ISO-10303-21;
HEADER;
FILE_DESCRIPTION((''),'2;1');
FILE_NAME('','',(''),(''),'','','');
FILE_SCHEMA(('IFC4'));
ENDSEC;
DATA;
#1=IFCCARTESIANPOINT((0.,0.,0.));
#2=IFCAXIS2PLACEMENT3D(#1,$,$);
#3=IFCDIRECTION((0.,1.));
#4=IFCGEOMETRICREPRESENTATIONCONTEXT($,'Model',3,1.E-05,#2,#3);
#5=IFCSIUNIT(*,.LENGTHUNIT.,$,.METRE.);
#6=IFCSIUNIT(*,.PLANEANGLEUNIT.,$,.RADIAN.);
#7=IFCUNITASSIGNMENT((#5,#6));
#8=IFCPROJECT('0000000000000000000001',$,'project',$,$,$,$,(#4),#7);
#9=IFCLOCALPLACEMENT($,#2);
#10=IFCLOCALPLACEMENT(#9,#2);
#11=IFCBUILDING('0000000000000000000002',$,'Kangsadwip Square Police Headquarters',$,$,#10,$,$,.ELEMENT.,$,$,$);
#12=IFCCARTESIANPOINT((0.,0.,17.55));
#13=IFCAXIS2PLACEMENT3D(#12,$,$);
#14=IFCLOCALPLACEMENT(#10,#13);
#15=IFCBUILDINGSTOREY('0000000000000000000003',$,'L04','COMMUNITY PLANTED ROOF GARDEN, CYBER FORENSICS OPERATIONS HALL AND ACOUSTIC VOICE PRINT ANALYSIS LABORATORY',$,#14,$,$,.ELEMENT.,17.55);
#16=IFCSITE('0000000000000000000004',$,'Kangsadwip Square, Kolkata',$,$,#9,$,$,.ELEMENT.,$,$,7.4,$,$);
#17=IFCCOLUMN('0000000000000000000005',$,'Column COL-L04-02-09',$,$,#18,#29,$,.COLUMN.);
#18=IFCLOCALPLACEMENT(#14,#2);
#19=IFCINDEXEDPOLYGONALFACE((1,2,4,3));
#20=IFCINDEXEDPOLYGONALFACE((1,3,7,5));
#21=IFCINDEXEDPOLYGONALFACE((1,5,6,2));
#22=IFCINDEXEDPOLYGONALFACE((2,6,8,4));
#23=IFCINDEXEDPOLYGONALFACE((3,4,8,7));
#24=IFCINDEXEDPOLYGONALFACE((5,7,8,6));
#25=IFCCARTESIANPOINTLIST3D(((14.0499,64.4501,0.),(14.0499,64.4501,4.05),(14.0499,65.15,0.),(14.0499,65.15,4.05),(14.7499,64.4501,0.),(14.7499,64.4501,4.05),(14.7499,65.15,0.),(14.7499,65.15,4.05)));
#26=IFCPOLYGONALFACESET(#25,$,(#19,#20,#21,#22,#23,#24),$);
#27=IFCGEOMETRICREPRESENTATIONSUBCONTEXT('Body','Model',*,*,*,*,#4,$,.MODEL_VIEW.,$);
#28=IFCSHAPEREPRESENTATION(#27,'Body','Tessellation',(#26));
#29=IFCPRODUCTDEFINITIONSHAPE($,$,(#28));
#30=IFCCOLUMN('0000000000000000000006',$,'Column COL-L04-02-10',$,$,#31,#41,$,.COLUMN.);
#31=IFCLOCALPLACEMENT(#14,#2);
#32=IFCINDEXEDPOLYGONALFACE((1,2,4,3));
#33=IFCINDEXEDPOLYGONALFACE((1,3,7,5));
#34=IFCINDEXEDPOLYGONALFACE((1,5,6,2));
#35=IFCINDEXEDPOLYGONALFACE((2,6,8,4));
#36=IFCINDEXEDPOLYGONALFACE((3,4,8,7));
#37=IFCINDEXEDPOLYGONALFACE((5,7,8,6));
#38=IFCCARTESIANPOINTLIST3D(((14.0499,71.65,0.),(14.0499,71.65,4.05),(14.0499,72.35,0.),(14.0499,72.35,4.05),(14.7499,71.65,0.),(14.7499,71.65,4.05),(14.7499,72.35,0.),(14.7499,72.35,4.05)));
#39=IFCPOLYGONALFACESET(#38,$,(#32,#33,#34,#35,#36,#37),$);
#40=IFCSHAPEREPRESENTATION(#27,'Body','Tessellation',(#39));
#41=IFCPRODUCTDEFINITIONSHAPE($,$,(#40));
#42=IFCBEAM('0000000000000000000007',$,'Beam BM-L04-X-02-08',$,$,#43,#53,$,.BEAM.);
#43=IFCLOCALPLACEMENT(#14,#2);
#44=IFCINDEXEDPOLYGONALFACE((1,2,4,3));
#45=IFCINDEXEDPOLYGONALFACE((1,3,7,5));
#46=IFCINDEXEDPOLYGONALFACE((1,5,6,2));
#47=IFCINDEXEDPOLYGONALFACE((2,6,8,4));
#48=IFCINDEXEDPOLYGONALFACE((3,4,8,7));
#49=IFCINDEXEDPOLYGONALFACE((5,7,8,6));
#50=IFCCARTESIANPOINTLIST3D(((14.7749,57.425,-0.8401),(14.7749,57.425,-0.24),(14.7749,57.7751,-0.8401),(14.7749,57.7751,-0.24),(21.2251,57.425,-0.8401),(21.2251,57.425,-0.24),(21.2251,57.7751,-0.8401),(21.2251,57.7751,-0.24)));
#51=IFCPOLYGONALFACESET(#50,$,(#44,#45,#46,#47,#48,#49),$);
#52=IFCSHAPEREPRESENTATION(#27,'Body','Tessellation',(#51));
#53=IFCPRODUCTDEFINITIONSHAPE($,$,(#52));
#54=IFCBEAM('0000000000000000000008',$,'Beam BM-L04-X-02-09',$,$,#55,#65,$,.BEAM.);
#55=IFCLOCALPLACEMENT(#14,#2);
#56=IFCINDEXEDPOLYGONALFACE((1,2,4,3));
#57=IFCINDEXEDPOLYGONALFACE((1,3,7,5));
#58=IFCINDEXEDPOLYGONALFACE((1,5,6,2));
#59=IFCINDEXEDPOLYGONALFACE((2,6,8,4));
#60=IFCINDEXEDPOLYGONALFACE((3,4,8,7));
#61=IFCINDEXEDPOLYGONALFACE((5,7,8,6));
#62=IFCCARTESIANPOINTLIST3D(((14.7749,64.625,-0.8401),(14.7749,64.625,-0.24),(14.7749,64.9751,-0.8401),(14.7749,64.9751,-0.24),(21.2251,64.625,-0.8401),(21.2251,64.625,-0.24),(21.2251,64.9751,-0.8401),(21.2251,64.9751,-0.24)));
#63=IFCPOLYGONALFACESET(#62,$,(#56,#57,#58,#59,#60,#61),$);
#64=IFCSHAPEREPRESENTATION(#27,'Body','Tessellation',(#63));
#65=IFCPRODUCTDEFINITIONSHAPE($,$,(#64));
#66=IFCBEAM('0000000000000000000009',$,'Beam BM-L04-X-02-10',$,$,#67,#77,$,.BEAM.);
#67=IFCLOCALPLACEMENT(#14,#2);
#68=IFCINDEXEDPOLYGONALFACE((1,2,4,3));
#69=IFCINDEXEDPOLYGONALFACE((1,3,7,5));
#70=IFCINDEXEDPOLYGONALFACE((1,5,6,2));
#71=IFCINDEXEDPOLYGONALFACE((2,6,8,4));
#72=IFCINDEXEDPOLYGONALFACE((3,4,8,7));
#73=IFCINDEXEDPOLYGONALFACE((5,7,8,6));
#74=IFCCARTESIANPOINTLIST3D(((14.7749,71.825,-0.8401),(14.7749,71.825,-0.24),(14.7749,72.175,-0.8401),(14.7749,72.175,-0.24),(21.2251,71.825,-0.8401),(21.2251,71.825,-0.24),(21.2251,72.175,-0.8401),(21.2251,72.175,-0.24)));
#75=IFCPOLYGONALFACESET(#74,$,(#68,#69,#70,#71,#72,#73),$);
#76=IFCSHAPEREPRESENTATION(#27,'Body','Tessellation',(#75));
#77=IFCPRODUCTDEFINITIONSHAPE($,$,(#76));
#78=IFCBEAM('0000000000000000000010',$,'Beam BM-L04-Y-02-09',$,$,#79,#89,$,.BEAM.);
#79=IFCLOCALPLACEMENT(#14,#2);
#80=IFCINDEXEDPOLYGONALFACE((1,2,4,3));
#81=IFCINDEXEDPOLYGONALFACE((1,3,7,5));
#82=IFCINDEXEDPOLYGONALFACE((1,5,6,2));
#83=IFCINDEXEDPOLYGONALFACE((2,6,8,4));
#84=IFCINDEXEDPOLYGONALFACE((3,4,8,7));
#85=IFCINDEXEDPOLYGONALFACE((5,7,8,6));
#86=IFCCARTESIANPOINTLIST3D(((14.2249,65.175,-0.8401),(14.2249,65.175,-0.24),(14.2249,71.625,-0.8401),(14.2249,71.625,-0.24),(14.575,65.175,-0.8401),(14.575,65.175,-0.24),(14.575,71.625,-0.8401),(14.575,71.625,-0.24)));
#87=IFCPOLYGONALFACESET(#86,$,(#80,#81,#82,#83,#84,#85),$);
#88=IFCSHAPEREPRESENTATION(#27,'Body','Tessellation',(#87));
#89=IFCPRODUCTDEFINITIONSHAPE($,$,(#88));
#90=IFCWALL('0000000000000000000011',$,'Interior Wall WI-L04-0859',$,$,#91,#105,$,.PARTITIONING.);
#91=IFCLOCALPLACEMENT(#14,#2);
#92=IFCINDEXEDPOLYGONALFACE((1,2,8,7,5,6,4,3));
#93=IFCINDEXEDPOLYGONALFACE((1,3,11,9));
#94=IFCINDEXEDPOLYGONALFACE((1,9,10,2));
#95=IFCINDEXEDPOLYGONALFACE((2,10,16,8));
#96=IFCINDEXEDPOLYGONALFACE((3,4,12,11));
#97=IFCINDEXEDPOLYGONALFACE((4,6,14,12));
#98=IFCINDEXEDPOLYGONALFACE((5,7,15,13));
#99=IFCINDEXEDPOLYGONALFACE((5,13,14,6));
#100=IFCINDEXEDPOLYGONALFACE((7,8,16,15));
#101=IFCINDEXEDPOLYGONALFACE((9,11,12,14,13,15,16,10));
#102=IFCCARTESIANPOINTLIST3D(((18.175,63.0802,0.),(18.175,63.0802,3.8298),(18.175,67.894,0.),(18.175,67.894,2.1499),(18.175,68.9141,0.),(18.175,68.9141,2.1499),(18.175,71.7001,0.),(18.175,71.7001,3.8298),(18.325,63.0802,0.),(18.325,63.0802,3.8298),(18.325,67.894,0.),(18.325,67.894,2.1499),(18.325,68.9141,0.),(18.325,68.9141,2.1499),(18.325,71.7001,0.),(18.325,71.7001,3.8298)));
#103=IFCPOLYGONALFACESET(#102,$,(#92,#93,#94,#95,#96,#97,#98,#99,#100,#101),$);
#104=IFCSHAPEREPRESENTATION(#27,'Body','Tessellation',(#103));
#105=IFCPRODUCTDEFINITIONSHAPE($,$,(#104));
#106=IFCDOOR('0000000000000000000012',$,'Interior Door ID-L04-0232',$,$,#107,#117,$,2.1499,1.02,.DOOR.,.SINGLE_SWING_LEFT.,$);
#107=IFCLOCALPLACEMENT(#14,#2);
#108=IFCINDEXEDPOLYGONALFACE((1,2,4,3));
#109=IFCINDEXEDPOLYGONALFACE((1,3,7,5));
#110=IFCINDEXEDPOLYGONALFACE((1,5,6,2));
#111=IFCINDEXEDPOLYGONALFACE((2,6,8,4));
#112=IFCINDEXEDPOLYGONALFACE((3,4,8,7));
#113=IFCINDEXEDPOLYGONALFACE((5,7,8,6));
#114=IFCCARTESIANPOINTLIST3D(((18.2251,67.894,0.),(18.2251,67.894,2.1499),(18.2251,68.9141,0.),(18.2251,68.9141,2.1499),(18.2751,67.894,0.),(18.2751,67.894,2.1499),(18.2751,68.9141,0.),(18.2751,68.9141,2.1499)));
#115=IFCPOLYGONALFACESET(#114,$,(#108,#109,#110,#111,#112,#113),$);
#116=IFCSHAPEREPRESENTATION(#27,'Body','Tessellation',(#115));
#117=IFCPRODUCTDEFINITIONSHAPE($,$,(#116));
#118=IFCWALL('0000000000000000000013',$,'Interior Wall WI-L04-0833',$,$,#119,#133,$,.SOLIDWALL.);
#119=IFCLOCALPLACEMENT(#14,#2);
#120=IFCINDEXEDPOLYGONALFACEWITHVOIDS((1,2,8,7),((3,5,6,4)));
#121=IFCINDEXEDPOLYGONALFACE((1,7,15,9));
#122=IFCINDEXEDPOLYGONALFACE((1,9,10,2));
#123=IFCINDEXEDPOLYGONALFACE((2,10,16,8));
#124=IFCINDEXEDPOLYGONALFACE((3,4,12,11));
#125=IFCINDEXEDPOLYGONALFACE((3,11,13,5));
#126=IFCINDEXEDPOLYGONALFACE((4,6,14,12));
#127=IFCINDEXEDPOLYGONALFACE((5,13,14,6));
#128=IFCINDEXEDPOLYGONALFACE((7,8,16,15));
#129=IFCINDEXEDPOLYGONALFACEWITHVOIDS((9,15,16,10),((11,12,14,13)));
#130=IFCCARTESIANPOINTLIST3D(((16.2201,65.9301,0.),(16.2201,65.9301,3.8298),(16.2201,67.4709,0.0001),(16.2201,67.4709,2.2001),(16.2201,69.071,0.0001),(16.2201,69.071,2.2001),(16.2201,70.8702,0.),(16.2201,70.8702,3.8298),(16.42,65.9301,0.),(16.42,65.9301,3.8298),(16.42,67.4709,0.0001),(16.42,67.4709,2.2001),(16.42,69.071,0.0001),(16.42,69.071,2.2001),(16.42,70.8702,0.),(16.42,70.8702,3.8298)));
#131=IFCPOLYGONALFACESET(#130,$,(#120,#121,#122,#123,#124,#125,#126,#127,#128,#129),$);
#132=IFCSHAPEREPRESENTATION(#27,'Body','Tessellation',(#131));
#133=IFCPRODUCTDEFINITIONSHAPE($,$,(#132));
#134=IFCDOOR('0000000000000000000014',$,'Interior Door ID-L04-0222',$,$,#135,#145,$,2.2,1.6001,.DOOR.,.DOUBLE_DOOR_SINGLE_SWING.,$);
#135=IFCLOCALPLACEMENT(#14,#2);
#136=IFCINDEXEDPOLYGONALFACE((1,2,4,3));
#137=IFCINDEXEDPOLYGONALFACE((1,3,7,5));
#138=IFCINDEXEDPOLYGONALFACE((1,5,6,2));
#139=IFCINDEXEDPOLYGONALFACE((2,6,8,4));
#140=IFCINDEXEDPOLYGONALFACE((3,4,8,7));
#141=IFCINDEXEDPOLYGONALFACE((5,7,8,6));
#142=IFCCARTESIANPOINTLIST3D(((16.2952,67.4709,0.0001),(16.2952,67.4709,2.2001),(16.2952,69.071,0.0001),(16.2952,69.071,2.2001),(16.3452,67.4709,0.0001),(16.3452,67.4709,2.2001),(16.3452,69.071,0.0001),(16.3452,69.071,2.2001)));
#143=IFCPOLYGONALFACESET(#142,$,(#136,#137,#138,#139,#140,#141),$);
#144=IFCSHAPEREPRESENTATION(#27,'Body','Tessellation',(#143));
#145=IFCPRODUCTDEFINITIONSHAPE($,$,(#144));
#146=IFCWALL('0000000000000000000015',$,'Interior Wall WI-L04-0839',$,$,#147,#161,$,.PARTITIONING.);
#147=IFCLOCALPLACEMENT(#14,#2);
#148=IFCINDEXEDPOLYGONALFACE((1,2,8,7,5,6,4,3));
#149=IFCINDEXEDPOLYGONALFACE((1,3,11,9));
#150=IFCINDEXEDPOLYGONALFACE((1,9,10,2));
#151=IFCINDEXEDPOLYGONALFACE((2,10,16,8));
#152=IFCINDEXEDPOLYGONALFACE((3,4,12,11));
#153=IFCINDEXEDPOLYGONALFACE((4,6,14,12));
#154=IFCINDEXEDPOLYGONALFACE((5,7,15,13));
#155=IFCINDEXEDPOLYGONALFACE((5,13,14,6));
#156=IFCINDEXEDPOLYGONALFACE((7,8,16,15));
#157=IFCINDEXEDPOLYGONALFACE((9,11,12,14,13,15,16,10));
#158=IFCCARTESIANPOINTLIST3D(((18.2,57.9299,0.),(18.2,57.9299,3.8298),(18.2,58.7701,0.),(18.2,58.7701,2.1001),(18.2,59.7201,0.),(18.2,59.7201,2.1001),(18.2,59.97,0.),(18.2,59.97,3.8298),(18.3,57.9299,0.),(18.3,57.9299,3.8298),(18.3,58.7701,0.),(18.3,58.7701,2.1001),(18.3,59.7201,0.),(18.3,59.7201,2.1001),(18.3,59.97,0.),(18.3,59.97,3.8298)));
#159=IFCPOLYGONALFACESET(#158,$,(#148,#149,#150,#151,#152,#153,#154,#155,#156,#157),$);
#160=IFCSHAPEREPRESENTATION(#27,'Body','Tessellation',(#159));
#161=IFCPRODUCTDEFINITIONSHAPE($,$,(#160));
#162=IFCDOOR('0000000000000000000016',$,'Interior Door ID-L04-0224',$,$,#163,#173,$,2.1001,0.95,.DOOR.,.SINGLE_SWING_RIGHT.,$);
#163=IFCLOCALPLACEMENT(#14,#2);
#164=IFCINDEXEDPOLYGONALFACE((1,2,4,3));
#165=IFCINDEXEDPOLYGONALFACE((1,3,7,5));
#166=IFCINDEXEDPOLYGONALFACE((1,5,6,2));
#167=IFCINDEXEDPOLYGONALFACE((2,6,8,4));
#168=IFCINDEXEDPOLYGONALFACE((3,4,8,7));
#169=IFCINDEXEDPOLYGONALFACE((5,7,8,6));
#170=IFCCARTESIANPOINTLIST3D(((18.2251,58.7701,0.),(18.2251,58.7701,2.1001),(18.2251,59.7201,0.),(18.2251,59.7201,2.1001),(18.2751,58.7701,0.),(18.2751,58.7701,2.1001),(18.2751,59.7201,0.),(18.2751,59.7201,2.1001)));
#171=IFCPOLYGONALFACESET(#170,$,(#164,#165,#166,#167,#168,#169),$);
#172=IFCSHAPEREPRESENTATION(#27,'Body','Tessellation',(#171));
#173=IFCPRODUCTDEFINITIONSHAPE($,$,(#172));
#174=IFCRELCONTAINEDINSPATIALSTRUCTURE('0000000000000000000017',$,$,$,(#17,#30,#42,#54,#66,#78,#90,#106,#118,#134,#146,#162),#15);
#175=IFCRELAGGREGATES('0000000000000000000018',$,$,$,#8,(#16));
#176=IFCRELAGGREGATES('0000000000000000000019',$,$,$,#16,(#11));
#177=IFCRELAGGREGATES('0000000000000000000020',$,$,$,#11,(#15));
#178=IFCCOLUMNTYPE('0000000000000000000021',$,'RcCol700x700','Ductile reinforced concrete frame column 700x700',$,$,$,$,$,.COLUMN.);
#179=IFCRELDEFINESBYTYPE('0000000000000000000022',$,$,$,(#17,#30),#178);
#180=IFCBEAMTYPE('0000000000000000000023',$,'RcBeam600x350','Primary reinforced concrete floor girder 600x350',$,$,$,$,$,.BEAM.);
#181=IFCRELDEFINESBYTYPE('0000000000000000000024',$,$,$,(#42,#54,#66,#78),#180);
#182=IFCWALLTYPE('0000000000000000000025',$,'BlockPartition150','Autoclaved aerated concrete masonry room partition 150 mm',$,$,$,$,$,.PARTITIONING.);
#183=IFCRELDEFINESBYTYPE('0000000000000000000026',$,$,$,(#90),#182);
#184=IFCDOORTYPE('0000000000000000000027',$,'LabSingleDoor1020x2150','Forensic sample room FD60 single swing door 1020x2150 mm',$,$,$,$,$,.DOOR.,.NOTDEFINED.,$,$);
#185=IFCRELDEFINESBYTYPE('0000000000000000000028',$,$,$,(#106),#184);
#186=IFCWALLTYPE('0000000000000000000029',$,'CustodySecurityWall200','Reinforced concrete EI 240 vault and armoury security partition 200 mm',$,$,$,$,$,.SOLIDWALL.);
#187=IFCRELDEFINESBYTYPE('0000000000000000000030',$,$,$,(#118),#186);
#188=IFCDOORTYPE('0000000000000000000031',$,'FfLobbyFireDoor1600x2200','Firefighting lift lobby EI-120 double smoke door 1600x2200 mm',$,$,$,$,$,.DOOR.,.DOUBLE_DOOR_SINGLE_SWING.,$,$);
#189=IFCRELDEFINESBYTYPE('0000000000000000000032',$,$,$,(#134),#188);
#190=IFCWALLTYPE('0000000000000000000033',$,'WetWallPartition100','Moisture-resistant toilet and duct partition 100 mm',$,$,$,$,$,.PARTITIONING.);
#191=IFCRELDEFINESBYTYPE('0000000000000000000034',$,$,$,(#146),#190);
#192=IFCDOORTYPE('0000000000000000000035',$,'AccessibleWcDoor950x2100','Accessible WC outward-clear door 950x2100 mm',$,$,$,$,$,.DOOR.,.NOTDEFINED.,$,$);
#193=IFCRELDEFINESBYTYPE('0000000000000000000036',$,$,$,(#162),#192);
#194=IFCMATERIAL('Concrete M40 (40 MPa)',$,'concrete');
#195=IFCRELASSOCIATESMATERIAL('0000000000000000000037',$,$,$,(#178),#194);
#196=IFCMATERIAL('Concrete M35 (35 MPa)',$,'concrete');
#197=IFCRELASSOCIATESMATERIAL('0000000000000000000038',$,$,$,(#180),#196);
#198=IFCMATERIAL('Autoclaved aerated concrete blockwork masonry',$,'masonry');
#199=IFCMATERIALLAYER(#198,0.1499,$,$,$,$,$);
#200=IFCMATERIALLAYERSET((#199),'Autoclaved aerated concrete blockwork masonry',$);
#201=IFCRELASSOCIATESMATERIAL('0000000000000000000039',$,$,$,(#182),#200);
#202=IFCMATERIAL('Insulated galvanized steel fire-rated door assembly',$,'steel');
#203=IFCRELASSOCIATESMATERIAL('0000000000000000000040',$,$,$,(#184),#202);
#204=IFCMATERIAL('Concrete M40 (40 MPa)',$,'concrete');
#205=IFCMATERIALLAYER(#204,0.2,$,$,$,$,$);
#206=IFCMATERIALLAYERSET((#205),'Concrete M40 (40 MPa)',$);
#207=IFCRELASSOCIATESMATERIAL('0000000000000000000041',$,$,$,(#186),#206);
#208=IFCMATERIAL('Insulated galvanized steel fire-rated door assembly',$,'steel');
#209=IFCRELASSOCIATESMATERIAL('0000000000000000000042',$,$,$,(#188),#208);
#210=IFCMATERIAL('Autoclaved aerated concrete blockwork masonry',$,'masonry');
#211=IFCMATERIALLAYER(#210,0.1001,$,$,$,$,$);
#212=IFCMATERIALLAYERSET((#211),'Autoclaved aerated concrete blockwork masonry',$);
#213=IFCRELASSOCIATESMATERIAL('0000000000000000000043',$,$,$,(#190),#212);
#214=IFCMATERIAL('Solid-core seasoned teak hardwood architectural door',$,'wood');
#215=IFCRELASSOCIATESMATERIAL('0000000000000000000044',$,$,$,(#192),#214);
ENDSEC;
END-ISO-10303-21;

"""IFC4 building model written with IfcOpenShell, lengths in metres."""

from ifc_helpers import new_model, si_unit, direction, frame, frame_2d, origin, origin_2d, place, context, subcontext, project, spatial, rectangle, extrude, material, layer, layer_set, material_profile, profile_set, type_object, element, fill, save


model = new_model("IFC4")

# Units and contexts
model_context = context("Model", 3, precision=1e-05, world=origin(), true_north=direction((0.0, 1.0)))
body_context = subcontext(model_context, "Body", "Model", "MODEL_VIEW")
ifc_project = project(units=[si_unit("LENGTHUNIT", "METRE"), si_unit("PLANEANGLEUNIT", "RADIAN")], contexts=[model_context])

# Site, building, storey
site_placement = place(None, origin())
site = spatial("IfcSite", under=ifc_project, at=site_placement, Name="Kangsadwip Square, Kolkata", CompositionType="ELEMENT", RefElevation=7.4)
building_placement = place(site_placement, origin())
building = spatial("IfcBuilding", under=site, at=building_placement, Name="Kangsadwip Square Police Headquarters", CompositionType="ELEMENT")
storey_placement = place(building_placement, frame((0.0, 0.0, 17.55)))
storey = spatial("IfcBuildingStorey", under=building, at=storey_placement, Name="L04", Description="COMMUNITY PLANTED ROOF GARDEN, CYBER FORENSICS OPERATIONS HALL AND ACOUSTIC VOICE PRINT ANALYSIS LABORATORY", CompositionType="ELEMENT", Elevation=17.55)

# Columns
ifc_material_1 = material(Name="Concrete M40 (40 MPa)", Category="concrete")
ifc_material_profile_1 = material_profile(ifc_material_1, rectangle(XDim=0.7, YDim=0.7, at=origin_2d()), Name="RC COL 700X700")
ifc_profile_set_1 = profile_set([ifc_material_profile_1], Name="Concrete M40 (40 MPa)")
column_type = type_object("IfcColumnType", Name="RcCol700x700", Description="Ductile reinforced concrete frame column 700x700", PredefinedType="COLUMN", material=ifc_profile_set_1)
for number, where, z_axis, x_axis, name in (
    (1, (14.3999, 64.8, 0.0), (0.0, 0.0, 1.0), (1.0, 0.0, 0.0), "Column COL-L04-02-09"),
    (2, (14.3999, 72.0, 0.0), (0.0, 0.0, 1.0), (1.0, 0.0, 0.0), "Column COL-L04-02-10"),
):
    element("IfcColumn", number, at=place(storey_placement, frame(where, z_axis=z_axis, x_axis=x_axis)), inside=storey, type_object=column_type, Name=name, PredefinedType="COLUMN", context=body_context, shape_type="SweptSolid", body=[
        extrude(rectangle(XDim=0.7, YDim=0.7, at=origin_2d()), origin(), (0.0, 0.0, 1.0), 4.05),
    ])

# Beams
ifc_material_2 = material(Name="Concrete M35 (35 MPa)", Category="concrete")
ifc_material_profile_2 = material_profile(ifc_material_2, rectangle(XDim=0.3501, YDim=0.6001, at=origin_2d()), Name="RC BM 600X350")
ifc_profile_set_2 = profile_set([ifc_material_profile_2], Name="Concrete M35 (35 MPa)")
beam_type = type_object("IfcBeamType", Name="RcBeam600x350", Description="Primary reinforced concrete floor girder 600x350", PredefinedType="BEAM", material=ifc_profile_set_2)
for number, where, z_axis, x_axis, name in (
    (3, (14.7749, 57.6001, -0.54), (1.0, 0.0, 0.0), (0.0, 1.0, 0.0), "Beam BM-L04-X-02-08"),
    (4, (14.7749, 64.8, -0.54), (1.0, 0.0, 0.0), (0.0, 1.0, 0.0), "Beam BM-L04-X-02-09"),
    (5, (14.7749, 72.0, -0.54), (1.0, 0.0, 0.0), (0.0, 1.0, 0.0), "Beam BM-L04-X-02-10"),
):
    element("IfcBeam", number, at=place(storey_placement, frame(where, z_axis=z_axis, x_axis=x_axis)), inside=storey, type_object=beam_type, Name=name, PredefinedType="BEAM", context=body_context, shape_type="SweptSolid", body=[
        extrude(rectangle(XDim=0.3501, YDim=0.6001, at=origin_2d()), origin(), (0.0, 0.0, 1.0), 6.4502),
    ])
beam_placement = place(storey_placement, frame((14.3999, 65.175, -0.54), z_axis=(0.0, 1.0, 0.0), x_axis=(-1.0, 0.0, 0.0)))
element("IfcBeam", 6, at=beam_placement, inside=storey, type_object=beam_type, Name="Beam BM-L04-Y-02-09", PredefinedType="BEAM", context=body_context, shape_type="SweptSolid", body=[
    extrude(rectangle(XDim=0.3501, YDim=0.6001, at=origin_2d()), origin(), (0.0, 0.0, 1.0), 6.45),
])

# Walls, openings, doors
ifc_material_3 = material(Name="Autoclaved aerated concrete blockwork masonry", Category="masonry")
ifc_layer_1 = layer(ifc_material_3, 0.1499)
ifc_layer_set_1 = layer_set([ifc_layer_1], Name="Autoclaved aerated concrete blockwork masonry")
wall_type_1 = type_object("IfcWallType", Name="BlockPartition150", Description="Autoclaved aerated concrete masonry room partition 150 mm", PredefinedType="PARTITIONING", material=ifc_layer_set_1)
wall_1_placement = place(storey_placement, frame((18.25, 63.0801, 0.0), z_axis=(0.0, 0.0, 1.0), x_axis=(0.0, 1.0, 0.0)))
wall_1 = element("IfcWall", 7, at=wall_1_placement, inside=storey, type_object=wall_type_1, Name="Interior Wall WI-L04-0859", PredefinedType="PARTITIONING", context=body_context, shape_type="SweptSolid", body=[
    extrude(rectangle(XDim=8.6199, YDim=0.1499, at=frame_2d((4.3101, 0.0))), origin(), (0.0, 0.0, 1.0), 3.8298),
])
opening_1_placement = place(wall_1_placement, frame((4.814, 0.0, 0.0)))
opening_1 = element("IfcOpeningElement", 8, at=opening_1_placement, cuts=wall_1, PredefinedType="OPENING", context=body_context, shape_type="SweptSolid", body=[
    extrude(rectangle(XDim=1.02, YDim=2.1499, at=frame_2d((0.51, 1.075))), frame((0.0, 0.085, 0.0), z_axis=(0.0, -1.0, 0.0), x_axis=(1.0, 0.0, 0.0)), (0.0, 0.0, 1.0), 0.1699),
])
ifc_material_4 = material(Name="Insulated galvanized steel fire-rated door assembly", Category="steel")
door_type_1 = type_object("IfcDoorType", Name="LabSingleDoor1020x2150", Description="Forensic sample room FD60 single swing door 1020x2150 mm", OperationType="NOTDEFINED", PredefinedType="DOOR", material=ifc_material_4)
door_1_placement = place(opening_1_placement, origin())
door_1 = element("IfcDoor", 9, at=door_1_placement, inside=storey, type_object=door_type_1, Name="Interior Door ID-L04-0232", OperationType="SINGLE_SWING_LEFT", OverallHeight=2.1499, OverallWidth=1.02, PredefinedType="DOOR", context=body_context, shape_type="SweptSolid", body=[
    extrude(rectangle(XDim=1.02, YDim=2.1499, at=frame_2d((0.51, 1.075))), frame((0.0, 0.0249, 0.0), z_axis=(0.0, -1.0, 0.0), x_axis=(1.0, 0.0, 0.0)), (0.0, 0.0, 1.0), 0.05),
])
fill(opening_1, door_1)
ifc_material_5 = material(Name="Concrete M40 (40 MPa)", Category="concrete")
ifc_layer_2 = layer(ifc_material_5, 0.2)
ifc_layer_set_2 = layer_set([ifc_layer_2], Name="Concrete M40 (40 MPa)")
wall_type_2 = type_object("IfcWallType", Name="CustodySecurityWall200", Description="Reinforced concrete EI 240 vault and armoury security partition 200 mm", PredefinedType="SOLIDWALL", material=ifc_layer_set_2)
wall_2_placement = place(storey_placement, frame((16.3201, 65.9299, 0.0), z_axis=(0.0, 0.0, 1.0), x_axis=(0.0, 1.0, 0.0)))
wall_2 = element("IfcWall", 10, at=wall_2_placement, inside=storey, type_object=wall_type_2, Name="Interior Wall WI-L04-0833", PredefinedType="SOLIDWALL", context=body_context, shape_type="SweptSolid", body=[
    extrude(rectangle(XDim=4.9402, YDim=0.2, at=frame_2d((2.4702, 0.0))), origin(), (0.0, 0.0, 1.0), 3.8298),
])
opening_2_placement = place(wall_2_placement, frame((1.541, 0.0, 0.0)))
opening_2 = element("IfcOpeningElement", 11, at=opening_2_placement, cuts=wall_2, PredefinedType="OPENING", context=body_context, shape_type="SweptSolid", body=[
    extrude(rectangle(XDim=1.6001, YDim=2.2, at=frame_2d((0.8, 1.1001))), frame((0.0, 0.1099, 0.0), z_axis=(0.0, -1.0, 0.0), x_axis=(1.0, 0.0, 0.0)), (0.0, 0.0, 1.0), 0.22),
])
ifc_material_6 = material(Name="Insulated galvanized steel fire-rated door assembly", Category="steel")
door_type_2 = type_object("IfcDoorType", Name="FfLobbyFireDoor1600x2200", Description="Firefighting lift lobby EI-120 double smoke door 1600x2200 mm", OperationType="DOUBLE_DOOR_SINGLE_SWING", PredefinedType="DOOR", material=ifc_material_6)
door_2_placement = place(opening_2_placement, origin())
door_2 = element("IfcDoor", 12, at=door_2_placement, inside=storey, type_object=door_type_2, Name="Interior Door ID-L04-0222", OperationType="DOUBLE_DOOR_SINGLE_SWING", OverallHeight=2.2, OverallWidth=1.6001, PredefinedType="DOOR", context=body_context, shape_type="SweptSolid", body=[
    extrude(rectangle(XDim=1.6001, YDim=2.2, at=frame_2d((0.8, 1.1001))), frame((0.0, 0.0249, 0.0), z_axis=(0.0, -1.0, 0.0), x_axis=(1.0, 0.0, 0.0)), (0.0, 0.0, 1.0), 0.05),
])
fill(opening_2, door_2)
ifc_material_7 = material(Name="Autoclaved aerated concrete blockwork masonry", Category="masonry")
ifc_layer_3 = layer(ifc_material_7, 0.1001)
ifc_layer_set_3 = layer_set([ifc_layer_3], Name="Autoclaved aerated concrete blockwork masonry")
wall_type_3 = type_object("IfcWallType", Name="WetWallPartition100", Description="Moisture-resistant toilet and duct partition 100 mm", PredefinedType="PARTITIONING", material=ifc_layer_set_3)
wall_3_placement = place(storey_placement, frame((18.25, 57.9299, 0.0), z_axis=(0.0, 0.0, 1.0), x_axis=(0.0, 1.0, 0.0)))
wall_3 = element("IfcWall", 13, at=wall_3_placement, inside=storey, type_object=wall_type_3, Name="Interior Wall WI-L04-0839", PredefinedType="PARTITIONING", context=body_context, shape_type="SweptSolid", body=[
    extrude(rectangle(XDim=2.04, YDim=0.1001, at=frame_2d((1.02, 0.0))), origin(), (0.0, 0.0, 1.0), 3.8298),
])
opening_3_placement = place(wall_3_placement, frame((0.8401, 0.0, 0.0)))
opening_3 = element("IfcOpeningElement", 14, at=opening_3_placement, cuts=wall_3, PredefinedType="OPENING", context=body_context, shape_type="SweptSolid", body=[
    extrude(rectangle(XDim=0.95, YDim=2.1001, at=frame_2d((0.4751, 1.05))), frame((0.0, 0.0601, 0.0), z_axis=(0.0, -1.0, 0.0), x_axis=(1.0, 0.0, 0.0)), (0.0, 0.0, 1.0), 0.1201),
])
ifc_material_8 = material(Name="Solid-core seasoned teak hardwood architectural door", Category="wood")
door_type_3 = type_object("IfcDoorType", Name="AccessibleWcDoor950x2100", Description="Accessible WC outward-clear door 950x2100 mm", OperationType="NOTDEFINED", PredefinedType="DOOR", material=ifc_material_8)
door_3_placement = place(opening_3_placement, origin())
door_3 = element("IfcDoor", 15, at=door_3_placement, inside=storey, type_object=door_type_3, Name="Interior Door ID-L04-0224", OperationType="SINGLE_SWING_RIGHT", OverallHeight=2.1001, OverallWidth=0.95, PredefinedType="DOOR", context=body_context, shape_type="SweptSolid", body=[
    extrude(rectangle(XDim=0.95, YDim=2.1001, at=frame_2d((0.4751, 1.05))), frame((0.0, 0.0249, 0.0), z_axis=(0.0, -1.0, 0.0), x_axis=(1.0, 0.0, 0.0)), (0.0, 0.0, 1.0), 0.05),
])
fill(opening_3, door_3)

save(model, "model.ifc")
